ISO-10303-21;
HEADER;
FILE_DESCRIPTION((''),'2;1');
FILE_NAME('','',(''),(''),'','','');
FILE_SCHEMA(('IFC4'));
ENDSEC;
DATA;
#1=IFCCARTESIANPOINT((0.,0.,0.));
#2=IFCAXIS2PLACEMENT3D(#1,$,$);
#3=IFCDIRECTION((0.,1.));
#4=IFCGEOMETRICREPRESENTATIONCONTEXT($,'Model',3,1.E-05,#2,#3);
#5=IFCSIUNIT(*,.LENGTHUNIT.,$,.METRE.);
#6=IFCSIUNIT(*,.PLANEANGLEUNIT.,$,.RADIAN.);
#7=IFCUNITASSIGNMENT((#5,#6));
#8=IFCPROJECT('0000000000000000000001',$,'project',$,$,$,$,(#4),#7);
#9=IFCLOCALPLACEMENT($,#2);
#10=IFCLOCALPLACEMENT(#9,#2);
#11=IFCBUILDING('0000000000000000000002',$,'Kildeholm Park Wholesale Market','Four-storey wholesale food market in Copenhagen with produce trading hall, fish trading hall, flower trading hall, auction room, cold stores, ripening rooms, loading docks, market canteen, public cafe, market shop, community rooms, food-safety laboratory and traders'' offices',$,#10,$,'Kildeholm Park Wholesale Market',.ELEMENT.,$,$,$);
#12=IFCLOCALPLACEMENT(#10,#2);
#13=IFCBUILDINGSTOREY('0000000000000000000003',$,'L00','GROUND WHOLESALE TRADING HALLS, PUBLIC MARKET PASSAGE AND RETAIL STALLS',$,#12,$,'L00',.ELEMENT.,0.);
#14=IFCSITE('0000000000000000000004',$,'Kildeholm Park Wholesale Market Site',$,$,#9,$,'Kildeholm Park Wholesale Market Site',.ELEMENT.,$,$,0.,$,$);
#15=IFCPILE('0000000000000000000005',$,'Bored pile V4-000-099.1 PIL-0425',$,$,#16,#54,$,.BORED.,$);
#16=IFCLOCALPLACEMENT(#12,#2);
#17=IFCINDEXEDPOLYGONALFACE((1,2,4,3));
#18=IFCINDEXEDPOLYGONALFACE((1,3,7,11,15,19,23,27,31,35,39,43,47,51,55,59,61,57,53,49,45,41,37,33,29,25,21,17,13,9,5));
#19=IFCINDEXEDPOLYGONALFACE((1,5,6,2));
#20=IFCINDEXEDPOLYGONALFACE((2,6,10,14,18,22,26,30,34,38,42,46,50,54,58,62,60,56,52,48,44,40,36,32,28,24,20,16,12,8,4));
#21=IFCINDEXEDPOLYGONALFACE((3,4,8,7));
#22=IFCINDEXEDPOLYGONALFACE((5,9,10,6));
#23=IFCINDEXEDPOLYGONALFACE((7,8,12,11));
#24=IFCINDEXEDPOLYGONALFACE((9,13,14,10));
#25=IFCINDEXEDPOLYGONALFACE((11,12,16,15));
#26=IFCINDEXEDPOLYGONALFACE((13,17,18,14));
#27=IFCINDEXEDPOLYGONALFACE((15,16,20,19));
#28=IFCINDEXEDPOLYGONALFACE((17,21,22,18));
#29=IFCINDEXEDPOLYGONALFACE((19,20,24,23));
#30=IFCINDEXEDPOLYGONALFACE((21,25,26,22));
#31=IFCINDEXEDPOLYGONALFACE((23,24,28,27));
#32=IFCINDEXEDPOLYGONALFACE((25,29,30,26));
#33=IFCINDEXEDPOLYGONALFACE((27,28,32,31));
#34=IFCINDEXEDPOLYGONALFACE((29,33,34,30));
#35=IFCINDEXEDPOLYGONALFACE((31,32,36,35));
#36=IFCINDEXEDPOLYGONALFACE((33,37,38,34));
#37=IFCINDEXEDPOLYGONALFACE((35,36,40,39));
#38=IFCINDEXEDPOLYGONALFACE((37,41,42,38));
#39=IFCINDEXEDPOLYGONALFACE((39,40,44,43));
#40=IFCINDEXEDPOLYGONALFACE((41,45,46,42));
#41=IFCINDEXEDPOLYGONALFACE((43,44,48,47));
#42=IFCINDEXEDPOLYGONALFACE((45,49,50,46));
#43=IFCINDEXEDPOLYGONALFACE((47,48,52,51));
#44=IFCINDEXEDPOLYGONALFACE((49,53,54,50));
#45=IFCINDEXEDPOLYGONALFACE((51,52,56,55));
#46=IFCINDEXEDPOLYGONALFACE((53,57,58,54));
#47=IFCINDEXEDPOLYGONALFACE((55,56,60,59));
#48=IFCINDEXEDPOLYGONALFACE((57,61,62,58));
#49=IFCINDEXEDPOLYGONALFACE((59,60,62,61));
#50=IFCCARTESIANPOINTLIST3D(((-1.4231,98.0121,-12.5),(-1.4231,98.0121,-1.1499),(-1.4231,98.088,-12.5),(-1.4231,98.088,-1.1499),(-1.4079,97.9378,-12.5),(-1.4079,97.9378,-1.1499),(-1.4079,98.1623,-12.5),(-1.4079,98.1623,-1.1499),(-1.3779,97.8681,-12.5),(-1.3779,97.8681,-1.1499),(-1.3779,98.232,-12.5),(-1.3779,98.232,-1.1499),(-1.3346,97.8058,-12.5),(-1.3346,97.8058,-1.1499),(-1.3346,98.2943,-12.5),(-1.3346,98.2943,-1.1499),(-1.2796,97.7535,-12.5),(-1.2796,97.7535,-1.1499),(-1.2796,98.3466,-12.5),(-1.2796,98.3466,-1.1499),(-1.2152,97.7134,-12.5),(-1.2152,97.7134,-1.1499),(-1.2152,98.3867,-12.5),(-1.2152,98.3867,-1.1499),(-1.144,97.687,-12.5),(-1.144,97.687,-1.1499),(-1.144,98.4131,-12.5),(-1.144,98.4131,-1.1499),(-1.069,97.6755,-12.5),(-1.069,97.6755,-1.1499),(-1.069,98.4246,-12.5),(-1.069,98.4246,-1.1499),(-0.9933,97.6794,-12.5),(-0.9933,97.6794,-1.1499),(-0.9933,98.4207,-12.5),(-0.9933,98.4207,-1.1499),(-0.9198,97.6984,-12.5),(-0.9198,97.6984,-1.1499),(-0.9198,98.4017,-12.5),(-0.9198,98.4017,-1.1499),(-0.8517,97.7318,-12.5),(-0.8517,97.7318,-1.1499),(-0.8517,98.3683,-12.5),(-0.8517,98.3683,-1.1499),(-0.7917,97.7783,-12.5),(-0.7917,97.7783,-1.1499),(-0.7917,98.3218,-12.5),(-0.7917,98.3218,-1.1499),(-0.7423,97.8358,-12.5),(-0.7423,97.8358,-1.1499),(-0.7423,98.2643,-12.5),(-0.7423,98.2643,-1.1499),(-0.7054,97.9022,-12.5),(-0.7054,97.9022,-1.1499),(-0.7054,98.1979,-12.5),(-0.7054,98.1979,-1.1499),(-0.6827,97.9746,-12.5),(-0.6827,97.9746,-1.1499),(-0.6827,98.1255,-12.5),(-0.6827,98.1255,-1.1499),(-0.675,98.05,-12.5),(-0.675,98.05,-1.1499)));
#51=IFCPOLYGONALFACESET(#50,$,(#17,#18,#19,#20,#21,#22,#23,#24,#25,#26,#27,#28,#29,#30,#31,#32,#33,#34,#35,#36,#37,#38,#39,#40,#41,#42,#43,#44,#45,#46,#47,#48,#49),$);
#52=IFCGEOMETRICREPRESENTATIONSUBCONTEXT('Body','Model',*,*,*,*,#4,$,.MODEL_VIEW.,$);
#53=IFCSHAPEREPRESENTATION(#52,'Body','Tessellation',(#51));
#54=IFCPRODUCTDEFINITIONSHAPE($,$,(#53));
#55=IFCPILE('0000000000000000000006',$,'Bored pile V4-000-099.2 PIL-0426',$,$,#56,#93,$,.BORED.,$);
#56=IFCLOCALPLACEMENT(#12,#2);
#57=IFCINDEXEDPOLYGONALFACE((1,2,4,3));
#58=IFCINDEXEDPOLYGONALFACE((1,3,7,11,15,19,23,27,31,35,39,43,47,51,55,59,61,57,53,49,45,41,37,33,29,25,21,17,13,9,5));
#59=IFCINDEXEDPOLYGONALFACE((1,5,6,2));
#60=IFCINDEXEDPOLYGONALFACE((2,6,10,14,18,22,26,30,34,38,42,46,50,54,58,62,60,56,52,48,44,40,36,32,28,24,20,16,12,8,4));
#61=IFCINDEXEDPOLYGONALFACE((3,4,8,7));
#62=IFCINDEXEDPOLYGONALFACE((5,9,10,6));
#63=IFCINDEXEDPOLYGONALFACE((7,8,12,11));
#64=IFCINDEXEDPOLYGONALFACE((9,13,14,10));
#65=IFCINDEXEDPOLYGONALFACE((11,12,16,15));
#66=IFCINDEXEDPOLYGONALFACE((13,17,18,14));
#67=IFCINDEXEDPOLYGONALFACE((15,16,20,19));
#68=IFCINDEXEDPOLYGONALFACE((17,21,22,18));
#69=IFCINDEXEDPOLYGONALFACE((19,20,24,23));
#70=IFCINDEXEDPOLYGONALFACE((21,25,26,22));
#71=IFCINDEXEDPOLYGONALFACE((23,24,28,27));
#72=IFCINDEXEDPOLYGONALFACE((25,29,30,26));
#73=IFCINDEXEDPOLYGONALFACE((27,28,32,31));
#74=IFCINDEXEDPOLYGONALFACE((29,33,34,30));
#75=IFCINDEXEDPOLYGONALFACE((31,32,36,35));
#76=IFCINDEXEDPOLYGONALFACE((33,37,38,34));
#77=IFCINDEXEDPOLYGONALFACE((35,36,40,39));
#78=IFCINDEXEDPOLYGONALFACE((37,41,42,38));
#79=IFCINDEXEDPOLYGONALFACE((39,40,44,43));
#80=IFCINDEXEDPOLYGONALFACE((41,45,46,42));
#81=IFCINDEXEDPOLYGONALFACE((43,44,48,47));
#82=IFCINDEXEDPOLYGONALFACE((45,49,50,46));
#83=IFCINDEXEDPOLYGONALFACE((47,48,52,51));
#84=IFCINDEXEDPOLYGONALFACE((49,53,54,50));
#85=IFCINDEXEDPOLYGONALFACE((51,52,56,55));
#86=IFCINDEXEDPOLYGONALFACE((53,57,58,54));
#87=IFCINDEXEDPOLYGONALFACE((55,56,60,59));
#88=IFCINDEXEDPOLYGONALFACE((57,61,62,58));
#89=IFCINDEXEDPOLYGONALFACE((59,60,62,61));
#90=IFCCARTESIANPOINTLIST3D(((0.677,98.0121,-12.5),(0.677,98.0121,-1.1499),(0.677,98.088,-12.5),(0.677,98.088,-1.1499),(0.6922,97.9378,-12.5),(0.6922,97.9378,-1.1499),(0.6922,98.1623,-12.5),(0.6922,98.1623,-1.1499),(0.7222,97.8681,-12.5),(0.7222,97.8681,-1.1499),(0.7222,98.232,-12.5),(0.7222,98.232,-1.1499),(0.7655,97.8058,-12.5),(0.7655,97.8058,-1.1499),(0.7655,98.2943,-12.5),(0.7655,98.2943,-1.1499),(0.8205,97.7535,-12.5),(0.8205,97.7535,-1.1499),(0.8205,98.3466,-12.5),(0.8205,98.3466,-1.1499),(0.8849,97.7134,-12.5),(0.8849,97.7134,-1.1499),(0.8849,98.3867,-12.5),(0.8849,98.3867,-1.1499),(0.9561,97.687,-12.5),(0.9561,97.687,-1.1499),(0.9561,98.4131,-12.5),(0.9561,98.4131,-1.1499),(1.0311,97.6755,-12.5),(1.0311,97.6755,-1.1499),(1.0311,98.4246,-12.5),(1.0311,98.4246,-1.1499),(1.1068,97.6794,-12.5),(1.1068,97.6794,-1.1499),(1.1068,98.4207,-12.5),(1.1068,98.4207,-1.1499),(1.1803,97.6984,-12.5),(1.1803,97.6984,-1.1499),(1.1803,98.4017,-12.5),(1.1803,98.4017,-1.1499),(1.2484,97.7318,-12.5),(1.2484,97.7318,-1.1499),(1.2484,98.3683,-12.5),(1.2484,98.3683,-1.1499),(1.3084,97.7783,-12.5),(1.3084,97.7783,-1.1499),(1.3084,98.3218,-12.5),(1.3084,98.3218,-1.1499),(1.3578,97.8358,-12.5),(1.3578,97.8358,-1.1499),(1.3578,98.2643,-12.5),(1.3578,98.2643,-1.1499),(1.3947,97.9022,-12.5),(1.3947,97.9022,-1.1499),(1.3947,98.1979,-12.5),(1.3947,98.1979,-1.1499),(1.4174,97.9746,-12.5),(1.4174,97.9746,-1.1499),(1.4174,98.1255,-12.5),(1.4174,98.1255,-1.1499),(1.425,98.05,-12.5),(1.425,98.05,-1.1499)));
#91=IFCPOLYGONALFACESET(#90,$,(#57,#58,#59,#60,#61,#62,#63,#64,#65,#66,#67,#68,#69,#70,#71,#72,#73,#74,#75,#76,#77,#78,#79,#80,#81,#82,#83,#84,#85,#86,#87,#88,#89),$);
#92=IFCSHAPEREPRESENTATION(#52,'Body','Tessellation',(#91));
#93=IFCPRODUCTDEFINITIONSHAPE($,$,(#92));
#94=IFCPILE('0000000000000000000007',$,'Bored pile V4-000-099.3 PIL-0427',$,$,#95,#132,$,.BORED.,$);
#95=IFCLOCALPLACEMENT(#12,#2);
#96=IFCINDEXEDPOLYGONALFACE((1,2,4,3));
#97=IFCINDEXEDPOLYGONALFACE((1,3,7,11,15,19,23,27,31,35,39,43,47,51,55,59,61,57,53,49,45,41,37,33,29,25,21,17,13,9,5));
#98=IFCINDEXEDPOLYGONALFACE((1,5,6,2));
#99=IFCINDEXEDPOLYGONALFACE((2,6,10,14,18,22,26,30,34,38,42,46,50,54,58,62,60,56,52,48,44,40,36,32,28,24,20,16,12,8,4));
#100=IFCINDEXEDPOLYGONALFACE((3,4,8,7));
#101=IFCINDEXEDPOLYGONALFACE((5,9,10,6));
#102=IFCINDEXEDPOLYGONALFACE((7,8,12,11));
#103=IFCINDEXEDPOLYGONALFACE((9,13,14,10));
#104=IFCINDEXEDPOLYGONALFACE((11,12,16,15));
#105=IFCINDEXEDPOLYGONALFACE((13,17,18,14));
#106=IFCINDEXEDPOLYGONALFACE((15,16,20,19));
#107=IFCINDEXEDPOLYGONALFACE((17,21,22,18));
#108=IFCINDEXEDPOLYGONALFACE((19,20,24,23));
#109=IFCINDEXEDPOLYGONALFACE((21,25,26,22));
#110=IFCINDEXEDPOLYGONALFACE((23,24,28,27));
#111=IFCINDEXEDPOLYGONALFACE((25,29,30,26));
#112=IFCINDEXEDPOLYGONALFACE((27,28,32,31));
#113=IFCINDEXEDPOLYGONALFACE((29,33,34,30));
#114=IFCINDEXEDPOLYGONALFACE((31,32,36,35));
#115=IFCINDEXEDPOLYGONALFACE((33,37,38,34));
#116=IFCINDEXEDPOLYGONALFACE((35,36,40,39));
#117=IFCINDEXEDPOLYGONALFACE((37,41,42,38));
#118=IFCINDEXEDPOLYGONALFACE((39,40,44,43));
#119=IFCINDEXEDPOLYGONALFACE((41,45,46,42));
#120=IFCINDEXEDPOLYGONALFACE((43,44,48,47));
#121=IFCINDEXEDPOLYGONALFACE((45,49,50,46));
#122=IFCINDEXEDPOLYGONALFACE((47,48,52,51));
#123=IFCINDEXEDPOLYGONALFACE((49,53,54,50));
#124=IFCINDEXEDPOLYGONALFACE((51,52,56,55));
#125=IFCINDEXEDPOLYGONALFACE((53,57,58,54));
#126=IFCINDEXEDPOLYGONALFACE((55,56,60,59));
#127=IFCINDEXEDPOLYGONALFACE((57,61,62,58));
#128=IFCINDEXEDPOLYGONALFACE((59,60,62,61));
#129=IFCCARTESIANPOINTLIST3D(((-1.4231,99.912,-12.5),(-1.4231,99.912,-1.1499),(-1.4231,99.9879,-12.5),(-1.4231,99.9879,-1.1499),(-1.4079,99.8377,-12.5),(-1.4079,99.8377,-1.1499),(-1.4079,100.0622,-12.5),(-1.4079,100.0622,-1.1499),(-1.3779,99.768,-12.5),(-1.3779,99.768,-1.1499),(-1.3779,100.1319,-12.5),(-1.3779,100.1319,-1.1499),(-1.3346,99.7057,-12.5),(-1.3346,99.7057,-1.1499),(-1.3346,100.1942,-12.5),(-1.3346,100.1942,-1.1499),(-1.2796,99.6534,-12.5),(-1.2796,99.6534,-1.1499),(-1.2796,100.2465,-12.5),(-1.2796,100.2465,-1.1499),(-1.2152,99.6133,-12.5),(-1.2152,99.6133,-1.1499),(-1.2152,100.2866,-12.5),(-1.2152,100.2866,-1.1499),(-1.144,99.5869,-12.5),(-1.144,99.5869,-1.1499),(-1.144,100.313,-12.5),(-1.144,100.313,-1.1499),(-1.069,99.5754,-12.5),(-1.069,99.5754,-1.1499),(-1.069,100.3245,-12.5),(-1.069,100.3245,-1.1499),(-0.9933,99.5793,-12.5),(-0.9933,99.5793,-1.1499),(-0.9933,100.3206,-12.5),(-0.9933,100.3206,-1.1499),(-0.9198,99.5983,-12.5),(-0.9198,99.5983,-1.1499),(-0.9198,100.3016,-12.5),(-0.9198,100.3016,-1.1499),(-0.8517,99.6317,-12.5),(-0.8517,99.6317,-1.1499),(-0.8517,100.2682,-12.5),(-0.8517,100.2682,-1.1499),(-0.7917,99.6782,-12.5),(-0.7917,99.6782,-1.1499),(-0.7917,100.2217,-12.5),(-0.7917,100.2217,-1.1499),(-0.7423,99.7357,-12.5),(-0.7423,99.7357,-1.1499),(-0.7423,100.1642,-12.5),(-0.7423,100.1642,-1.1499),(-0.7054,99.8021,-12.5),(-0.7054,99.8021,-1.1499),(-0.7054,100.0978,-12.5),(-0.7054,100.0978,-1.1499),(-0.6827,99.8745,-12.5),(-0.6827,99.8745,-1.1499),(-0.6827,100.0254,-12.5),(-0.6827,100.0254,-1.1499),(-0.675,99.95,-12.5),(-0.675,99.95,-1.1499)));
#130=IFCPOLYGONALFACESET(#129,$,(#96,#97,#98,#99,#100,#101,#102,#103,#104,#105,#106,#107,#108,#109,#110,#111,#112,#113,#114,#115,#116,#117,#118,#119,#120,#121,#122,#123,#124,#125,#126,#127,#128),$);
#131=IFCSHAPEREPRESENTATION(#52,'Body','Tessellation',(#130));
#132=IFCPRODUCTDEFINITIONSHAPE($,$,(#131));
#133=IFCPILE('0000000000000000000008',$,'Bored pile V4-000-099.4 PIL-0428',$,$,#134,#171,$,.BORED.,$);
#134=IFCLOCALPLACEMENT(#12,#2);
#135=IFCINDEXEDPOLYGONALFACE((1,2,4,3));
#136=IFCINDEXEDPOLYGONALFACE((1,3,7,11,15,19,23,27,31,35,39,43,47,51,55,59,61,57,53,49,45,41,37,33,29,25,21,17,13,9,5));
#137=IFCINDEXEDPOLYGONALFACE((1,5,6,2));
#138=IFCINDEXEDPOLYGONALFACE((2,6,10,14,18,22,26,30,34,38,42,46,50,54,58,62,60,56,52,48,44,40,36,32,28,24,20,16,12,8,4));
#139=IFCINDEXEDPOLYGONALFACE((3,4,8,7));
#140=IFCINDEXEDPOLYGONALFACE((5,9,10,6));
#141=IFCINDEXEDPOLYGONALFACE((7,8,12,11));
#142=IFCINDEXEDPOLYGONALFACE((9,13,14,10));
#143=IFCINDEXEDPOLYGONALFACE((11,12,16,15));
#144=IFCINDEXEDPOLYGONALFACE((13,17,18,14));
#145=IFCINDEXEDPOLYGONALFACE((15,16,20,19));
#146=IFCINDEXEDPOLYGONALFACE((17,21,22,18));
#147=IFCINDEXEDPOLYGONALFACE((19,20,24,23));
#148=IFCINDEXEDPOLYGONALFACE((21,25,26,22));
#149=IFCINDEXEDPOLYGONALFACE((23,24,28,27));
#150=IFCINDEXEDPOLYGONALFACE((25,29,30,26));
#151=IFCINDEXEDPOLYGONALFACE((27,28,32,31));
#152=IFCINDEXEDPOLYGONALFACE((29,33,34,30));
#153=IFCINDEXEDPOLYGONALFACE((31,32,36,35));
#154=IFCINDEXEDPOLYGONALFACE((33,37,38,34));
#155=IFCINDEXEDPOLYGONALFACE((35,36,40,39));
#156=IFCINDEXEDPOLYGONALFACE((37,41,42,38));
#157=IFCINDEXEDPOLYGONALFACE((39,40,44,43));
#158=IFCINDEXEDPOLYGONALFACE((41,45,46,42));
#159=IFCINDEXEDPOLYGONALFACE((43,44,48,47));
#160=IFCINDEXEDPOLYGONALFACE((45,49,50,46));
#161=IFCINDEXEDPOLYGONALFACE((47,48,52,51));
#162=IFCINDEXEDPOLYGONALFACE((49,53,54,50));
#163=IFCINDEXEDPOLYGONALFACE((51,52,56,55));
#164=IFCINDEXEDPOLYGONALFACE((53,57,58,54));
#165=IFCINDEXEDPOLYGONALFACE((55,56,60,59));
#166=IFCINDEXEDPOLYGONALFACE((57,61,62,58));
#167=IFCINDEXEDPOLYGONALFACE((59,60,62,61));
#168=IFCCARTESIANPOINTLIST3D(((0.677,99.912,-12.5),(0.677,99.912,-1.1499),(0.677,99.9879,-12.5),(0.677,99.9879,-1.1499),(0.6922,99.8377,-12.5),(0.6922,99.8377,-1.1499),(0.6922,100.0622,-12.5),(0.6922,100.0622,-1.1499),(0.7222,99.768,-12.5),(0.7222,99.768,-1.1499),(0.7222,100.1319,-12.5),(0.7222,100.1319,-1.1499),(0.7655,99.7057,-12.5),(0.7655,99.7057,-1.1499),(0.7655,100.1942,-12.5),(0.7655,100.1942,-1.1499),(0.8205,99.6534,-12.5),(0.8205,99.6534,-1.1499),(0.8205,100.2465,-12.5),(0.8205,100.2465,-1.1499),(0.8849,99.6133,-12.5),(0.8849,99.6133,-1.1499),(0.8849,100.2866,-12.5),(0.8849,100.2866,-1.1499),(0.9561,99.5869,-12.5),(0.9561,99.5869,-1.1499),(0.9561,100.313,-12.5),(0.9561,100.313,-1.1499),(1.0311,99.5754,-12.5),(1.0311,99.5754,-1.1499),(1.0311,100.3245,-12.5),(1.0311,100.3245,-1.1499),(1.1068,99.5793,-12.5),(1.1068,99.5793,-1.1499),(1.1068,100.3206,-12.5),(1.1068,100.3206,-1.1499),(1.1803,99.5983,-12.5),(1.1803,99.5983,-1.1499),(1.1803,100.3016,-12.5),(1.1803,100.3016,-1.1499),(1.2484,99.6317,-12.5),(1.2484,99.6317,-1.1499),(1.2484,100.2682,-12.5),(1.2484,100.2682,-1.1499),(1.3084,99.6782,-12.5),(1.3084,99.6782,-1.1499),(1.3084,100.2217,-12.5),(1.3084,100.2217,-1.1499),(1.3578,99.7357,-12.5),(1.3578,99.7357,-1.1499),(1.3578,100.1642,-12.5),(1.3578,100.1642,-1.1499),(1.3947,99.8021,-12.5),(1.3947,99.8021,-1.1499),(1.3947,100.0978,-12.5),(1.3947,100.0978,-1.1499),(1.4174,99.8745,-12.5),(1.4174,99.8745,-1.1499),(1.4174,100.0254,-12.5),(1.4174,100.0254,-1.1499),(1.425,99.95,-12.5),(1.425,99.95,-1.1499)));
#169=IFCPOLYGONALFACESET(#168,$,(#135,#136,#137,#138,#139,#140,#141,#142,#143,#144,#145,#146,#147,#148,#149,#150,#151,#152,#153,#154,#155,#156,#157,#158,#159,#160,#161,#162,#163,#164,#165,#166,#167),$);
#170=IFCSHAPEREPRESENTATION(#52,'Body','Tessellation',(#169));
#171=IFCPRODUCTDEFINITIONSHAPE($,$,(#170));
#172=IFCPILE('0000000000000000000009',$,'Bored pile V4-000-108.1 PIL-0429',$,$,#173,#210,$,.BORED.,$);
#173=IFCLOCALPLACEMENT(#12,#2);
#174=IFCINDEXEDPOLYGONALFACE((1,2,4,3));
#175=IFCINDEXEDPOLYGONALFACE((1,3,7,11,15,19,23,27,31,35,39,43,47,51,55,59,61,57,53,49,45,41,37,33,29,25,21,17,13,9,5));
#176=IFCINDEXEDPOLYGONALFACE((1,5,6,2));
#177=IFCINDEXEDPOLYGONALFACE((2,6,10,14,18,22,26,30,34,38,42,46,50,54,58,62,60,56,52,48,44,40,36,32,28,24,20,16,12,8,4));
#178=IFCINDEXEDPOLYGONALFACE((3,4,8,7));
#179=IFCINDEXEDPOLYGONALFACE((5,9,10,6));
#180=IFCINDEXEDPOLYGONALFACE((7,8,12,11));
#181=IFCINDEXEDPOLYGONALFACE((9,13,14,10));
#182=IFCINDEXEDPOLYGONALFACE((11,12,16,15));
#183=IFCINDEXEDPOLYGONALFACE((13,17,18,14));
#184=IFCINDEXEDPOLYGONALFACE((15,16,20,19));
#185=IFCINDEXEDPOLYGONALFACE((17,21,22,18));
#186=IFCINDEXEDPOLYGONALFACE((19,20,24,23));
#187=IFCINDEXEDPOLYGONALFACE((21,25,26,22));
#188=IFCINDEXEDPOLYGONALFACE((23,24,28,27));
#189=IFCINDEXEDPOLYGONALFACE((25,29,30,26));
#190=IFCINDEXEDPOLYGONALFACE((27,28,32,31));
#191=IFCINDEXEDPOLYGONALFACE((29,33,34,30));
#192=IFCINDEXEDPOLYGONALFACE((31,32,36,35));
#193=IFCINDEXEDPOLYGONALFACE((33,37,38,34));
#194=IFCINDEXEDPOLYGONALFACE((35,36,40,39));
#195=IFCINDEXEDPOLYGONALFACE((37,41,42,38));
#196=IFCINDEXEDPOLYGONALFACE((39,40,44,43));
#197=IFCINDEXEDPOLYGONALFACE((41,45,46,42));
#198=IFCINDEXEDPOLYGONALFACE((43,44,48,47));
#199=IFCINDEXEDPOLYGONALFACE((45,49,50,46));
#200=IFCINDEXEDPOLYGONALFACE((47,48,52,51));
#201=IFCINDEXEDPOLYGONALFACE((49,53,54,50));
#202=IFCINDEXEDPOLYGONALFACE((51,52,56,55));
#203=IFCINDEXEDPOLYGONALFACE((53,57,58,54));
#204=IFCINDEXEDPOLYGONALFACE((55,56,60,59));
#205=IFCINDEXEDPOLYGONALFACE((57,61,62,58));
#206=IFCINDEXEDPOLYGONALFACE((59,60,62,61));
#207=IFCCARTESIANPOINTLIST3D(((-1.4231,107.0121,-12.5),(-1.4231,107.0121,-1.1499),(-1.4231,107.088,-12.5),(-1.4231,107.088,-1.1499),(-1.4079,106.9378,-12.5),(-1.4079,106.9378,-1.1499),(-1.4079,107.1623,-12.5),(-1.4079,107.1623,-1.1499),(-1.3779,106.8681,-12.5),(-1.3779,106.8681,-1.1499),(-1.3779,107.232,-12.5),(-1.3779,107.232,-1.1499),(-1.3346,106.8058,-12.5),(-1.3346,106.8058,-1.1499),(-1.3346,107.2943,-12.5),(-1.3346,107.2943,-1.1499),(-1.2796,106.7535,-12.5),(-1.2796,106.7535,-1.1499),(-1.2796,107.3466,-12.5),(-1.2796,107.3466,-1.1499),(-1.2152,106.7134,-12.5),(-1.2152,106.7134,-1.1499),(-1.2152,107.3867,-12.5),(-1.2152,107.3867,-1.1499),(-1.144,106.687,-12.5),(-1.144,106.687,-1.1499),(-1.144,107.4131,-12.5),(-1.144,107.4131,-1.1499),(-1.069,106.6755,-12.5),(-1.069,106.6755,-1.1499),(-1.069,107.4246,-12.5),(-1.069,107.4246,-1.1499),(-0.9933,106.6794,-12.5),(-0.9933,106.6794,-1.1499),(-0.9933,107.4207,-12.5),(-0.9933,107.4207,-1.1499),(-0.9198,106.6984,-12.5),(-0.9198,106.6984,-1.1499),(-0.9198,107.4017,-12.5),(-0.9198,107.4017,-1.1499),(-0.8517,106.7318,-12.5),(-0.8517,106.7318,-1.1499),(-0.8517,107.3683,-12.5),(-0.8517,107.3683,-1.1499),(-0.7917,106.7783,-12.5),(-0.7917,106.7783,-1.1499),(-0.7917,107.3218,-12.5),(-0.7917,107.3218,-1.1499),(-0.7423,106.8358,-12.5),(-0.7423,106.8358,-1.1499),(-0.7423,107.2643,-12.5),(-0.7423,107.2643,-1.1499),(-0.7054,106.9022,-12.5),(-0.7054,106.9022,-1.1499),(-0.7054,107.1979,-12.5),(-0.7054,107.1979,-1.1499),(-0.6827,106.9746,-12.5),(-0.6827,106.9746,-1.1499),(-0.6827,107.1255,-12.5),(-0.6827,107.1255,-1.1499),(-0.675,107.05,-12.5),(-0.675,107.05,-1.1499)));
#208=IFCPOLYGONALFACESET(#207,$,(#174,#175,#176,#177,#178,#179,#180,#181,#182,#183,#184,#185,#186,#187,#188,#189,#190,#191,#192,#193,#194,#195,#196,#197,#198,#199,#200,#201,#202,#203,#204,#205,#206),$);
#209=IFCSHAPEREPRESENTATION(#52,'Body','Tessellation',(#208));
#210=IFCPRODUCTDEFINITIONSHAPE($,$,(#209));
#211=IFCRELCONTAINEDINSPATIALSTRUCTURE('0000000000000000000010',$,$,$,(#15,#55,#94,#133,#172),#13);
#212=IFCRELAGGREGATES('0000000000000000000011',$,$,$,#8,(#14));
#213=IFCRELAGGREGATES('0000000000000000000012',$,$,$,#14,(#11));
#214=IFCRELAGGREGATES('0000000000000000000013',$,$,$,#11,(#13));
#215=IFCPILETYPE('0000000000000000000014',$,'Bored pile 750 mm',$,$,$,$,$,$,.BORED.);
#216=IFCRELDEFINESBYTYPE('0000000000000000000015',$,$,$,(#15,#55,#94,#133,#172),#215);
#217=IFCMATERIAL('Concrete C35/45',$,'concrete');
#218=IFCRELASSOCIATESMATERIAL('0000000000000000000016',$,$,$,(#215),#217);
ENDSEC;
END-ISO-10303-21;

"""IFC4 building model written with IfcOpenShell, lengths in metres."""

from ifc_helpers import new_model, si_unit, direction, frame, origin, origin_2d, place, context, subcontext, project, spatial, circle, extrude, material, material_profile, profile_set, type_object, element, save


model = new_model("IFC4")

# Units and contexts
model_context = context("Model", 3, precision=1e-05, world=origin(), true_north=direction((0.0, 1.0)))
body_context = subcontext(model_context, "Body", "Model", "MODEL_VIEW")
ifc_project = project(units=[si_unit("LENGTHUNIT", "METRE"), si_unit("PLANEANGLEUNIT", "RADIAN")], contexts=[model_context])

# Site, building, storey
site_placement = place(None, origin())
site = spatial("IfcSite", under=ifc_project, at=site_placement, Name="Kildeholm Park Wholesale Market Site", LongName="Kildeholm Park Wholesale Market Site", CompositionType="ELEMENT", RefElevation=0.0)
building_placement = place(site_placement, origin())
building = spatial("IfcBuilding", under=site, at=building_placement, Name="Kildeholm Park Wholesale Market", Description="Four-storey wholesale food market in Copenhagen with produce trading hall, fish trading hall, flower trading hall, auction room, cold stores, ripening rooms, loading docks, market canteen, public cafe, market shop, community rooms, food-safety laboratory and traders' offices", LongName="Kildeholm Park Wholesale Market", CompositionType="ELEMENT")
storey_placement = place(building_placement, origin())
storey = spatial("IfcBuildingStorey", under=building, at=storey_placement, Name="L00", Description="GROUND WHOLESALE TRADING HALLS, PUBLIC MARKET PASSAGE AND RETAIL STALLS", LongName="L00", CompositionType="ELEMENT", Elevation=0.0)

# Piles
ifc_material_1 = material(Name="Concrete C35/45", Category="concrete")
ifc_material_profile_1 = material_profile(ifc_material_1, circle(Radius=0.375, at=origin_2d()), Name="PILE D750")
ifc_profile_set_1 = profile_set([ifc_material_profile_1], Name="Concrete C35/45")
pile_type = type_object("IfcPileType", Name="Bored pile 750 mm", PredefinedType="BORED", material=ifc_profile_set_1)
for number, where, z_axis, x_axis, name in (
    (1, (-1.05, 98.05, -1.1499), (0.0, 0.0, -1.0), (1.0, 0.0, 0.0), "Bored pile V4-000-099.1 PIL-0425"),
    (2, (1.05, 98.05, -1.1499), (0.0, 0.0, -1.0), (1.0, 0.0, 0.0), "Bored pile V4-000-099.2 PIL-0426"),
    (3, (-1.05, 99.95, -1.1499), (0.0, 0.0, -1.0), (1.0, 0.0, 0.0), "Bored pile V4-000-099.3 PIL-0427"),
    (4, (1.05, 99.95, -1.1499), (0.0, 0.0, -1.0), (1.0, 0.0, 0.0), "Bored pile V4-000-099.4 PIL-0428"),
    (5, (-1.05, 107.05, -1.1499), (0.0, 0.0, -1.0), (1.0, 0.0, 0.0), "Bored pile V4-000-108.1 PIL-0429"),
):
    element("IfcPile", number, at=place(storey_placement, frame(where, z_axis=z_axis, x_axis=x_axis)), inside=storey, type_object=pile_type, Name=name, PredefinedType="BORED", context=body_context, shape_type="SweptSolid", body=[
        extrude(circle(Radius=0.375, at=origin_2d()), origin(), (0.0, 0.0, 1.0), 11.3501),
    ])

save(model, "model.ifc")
